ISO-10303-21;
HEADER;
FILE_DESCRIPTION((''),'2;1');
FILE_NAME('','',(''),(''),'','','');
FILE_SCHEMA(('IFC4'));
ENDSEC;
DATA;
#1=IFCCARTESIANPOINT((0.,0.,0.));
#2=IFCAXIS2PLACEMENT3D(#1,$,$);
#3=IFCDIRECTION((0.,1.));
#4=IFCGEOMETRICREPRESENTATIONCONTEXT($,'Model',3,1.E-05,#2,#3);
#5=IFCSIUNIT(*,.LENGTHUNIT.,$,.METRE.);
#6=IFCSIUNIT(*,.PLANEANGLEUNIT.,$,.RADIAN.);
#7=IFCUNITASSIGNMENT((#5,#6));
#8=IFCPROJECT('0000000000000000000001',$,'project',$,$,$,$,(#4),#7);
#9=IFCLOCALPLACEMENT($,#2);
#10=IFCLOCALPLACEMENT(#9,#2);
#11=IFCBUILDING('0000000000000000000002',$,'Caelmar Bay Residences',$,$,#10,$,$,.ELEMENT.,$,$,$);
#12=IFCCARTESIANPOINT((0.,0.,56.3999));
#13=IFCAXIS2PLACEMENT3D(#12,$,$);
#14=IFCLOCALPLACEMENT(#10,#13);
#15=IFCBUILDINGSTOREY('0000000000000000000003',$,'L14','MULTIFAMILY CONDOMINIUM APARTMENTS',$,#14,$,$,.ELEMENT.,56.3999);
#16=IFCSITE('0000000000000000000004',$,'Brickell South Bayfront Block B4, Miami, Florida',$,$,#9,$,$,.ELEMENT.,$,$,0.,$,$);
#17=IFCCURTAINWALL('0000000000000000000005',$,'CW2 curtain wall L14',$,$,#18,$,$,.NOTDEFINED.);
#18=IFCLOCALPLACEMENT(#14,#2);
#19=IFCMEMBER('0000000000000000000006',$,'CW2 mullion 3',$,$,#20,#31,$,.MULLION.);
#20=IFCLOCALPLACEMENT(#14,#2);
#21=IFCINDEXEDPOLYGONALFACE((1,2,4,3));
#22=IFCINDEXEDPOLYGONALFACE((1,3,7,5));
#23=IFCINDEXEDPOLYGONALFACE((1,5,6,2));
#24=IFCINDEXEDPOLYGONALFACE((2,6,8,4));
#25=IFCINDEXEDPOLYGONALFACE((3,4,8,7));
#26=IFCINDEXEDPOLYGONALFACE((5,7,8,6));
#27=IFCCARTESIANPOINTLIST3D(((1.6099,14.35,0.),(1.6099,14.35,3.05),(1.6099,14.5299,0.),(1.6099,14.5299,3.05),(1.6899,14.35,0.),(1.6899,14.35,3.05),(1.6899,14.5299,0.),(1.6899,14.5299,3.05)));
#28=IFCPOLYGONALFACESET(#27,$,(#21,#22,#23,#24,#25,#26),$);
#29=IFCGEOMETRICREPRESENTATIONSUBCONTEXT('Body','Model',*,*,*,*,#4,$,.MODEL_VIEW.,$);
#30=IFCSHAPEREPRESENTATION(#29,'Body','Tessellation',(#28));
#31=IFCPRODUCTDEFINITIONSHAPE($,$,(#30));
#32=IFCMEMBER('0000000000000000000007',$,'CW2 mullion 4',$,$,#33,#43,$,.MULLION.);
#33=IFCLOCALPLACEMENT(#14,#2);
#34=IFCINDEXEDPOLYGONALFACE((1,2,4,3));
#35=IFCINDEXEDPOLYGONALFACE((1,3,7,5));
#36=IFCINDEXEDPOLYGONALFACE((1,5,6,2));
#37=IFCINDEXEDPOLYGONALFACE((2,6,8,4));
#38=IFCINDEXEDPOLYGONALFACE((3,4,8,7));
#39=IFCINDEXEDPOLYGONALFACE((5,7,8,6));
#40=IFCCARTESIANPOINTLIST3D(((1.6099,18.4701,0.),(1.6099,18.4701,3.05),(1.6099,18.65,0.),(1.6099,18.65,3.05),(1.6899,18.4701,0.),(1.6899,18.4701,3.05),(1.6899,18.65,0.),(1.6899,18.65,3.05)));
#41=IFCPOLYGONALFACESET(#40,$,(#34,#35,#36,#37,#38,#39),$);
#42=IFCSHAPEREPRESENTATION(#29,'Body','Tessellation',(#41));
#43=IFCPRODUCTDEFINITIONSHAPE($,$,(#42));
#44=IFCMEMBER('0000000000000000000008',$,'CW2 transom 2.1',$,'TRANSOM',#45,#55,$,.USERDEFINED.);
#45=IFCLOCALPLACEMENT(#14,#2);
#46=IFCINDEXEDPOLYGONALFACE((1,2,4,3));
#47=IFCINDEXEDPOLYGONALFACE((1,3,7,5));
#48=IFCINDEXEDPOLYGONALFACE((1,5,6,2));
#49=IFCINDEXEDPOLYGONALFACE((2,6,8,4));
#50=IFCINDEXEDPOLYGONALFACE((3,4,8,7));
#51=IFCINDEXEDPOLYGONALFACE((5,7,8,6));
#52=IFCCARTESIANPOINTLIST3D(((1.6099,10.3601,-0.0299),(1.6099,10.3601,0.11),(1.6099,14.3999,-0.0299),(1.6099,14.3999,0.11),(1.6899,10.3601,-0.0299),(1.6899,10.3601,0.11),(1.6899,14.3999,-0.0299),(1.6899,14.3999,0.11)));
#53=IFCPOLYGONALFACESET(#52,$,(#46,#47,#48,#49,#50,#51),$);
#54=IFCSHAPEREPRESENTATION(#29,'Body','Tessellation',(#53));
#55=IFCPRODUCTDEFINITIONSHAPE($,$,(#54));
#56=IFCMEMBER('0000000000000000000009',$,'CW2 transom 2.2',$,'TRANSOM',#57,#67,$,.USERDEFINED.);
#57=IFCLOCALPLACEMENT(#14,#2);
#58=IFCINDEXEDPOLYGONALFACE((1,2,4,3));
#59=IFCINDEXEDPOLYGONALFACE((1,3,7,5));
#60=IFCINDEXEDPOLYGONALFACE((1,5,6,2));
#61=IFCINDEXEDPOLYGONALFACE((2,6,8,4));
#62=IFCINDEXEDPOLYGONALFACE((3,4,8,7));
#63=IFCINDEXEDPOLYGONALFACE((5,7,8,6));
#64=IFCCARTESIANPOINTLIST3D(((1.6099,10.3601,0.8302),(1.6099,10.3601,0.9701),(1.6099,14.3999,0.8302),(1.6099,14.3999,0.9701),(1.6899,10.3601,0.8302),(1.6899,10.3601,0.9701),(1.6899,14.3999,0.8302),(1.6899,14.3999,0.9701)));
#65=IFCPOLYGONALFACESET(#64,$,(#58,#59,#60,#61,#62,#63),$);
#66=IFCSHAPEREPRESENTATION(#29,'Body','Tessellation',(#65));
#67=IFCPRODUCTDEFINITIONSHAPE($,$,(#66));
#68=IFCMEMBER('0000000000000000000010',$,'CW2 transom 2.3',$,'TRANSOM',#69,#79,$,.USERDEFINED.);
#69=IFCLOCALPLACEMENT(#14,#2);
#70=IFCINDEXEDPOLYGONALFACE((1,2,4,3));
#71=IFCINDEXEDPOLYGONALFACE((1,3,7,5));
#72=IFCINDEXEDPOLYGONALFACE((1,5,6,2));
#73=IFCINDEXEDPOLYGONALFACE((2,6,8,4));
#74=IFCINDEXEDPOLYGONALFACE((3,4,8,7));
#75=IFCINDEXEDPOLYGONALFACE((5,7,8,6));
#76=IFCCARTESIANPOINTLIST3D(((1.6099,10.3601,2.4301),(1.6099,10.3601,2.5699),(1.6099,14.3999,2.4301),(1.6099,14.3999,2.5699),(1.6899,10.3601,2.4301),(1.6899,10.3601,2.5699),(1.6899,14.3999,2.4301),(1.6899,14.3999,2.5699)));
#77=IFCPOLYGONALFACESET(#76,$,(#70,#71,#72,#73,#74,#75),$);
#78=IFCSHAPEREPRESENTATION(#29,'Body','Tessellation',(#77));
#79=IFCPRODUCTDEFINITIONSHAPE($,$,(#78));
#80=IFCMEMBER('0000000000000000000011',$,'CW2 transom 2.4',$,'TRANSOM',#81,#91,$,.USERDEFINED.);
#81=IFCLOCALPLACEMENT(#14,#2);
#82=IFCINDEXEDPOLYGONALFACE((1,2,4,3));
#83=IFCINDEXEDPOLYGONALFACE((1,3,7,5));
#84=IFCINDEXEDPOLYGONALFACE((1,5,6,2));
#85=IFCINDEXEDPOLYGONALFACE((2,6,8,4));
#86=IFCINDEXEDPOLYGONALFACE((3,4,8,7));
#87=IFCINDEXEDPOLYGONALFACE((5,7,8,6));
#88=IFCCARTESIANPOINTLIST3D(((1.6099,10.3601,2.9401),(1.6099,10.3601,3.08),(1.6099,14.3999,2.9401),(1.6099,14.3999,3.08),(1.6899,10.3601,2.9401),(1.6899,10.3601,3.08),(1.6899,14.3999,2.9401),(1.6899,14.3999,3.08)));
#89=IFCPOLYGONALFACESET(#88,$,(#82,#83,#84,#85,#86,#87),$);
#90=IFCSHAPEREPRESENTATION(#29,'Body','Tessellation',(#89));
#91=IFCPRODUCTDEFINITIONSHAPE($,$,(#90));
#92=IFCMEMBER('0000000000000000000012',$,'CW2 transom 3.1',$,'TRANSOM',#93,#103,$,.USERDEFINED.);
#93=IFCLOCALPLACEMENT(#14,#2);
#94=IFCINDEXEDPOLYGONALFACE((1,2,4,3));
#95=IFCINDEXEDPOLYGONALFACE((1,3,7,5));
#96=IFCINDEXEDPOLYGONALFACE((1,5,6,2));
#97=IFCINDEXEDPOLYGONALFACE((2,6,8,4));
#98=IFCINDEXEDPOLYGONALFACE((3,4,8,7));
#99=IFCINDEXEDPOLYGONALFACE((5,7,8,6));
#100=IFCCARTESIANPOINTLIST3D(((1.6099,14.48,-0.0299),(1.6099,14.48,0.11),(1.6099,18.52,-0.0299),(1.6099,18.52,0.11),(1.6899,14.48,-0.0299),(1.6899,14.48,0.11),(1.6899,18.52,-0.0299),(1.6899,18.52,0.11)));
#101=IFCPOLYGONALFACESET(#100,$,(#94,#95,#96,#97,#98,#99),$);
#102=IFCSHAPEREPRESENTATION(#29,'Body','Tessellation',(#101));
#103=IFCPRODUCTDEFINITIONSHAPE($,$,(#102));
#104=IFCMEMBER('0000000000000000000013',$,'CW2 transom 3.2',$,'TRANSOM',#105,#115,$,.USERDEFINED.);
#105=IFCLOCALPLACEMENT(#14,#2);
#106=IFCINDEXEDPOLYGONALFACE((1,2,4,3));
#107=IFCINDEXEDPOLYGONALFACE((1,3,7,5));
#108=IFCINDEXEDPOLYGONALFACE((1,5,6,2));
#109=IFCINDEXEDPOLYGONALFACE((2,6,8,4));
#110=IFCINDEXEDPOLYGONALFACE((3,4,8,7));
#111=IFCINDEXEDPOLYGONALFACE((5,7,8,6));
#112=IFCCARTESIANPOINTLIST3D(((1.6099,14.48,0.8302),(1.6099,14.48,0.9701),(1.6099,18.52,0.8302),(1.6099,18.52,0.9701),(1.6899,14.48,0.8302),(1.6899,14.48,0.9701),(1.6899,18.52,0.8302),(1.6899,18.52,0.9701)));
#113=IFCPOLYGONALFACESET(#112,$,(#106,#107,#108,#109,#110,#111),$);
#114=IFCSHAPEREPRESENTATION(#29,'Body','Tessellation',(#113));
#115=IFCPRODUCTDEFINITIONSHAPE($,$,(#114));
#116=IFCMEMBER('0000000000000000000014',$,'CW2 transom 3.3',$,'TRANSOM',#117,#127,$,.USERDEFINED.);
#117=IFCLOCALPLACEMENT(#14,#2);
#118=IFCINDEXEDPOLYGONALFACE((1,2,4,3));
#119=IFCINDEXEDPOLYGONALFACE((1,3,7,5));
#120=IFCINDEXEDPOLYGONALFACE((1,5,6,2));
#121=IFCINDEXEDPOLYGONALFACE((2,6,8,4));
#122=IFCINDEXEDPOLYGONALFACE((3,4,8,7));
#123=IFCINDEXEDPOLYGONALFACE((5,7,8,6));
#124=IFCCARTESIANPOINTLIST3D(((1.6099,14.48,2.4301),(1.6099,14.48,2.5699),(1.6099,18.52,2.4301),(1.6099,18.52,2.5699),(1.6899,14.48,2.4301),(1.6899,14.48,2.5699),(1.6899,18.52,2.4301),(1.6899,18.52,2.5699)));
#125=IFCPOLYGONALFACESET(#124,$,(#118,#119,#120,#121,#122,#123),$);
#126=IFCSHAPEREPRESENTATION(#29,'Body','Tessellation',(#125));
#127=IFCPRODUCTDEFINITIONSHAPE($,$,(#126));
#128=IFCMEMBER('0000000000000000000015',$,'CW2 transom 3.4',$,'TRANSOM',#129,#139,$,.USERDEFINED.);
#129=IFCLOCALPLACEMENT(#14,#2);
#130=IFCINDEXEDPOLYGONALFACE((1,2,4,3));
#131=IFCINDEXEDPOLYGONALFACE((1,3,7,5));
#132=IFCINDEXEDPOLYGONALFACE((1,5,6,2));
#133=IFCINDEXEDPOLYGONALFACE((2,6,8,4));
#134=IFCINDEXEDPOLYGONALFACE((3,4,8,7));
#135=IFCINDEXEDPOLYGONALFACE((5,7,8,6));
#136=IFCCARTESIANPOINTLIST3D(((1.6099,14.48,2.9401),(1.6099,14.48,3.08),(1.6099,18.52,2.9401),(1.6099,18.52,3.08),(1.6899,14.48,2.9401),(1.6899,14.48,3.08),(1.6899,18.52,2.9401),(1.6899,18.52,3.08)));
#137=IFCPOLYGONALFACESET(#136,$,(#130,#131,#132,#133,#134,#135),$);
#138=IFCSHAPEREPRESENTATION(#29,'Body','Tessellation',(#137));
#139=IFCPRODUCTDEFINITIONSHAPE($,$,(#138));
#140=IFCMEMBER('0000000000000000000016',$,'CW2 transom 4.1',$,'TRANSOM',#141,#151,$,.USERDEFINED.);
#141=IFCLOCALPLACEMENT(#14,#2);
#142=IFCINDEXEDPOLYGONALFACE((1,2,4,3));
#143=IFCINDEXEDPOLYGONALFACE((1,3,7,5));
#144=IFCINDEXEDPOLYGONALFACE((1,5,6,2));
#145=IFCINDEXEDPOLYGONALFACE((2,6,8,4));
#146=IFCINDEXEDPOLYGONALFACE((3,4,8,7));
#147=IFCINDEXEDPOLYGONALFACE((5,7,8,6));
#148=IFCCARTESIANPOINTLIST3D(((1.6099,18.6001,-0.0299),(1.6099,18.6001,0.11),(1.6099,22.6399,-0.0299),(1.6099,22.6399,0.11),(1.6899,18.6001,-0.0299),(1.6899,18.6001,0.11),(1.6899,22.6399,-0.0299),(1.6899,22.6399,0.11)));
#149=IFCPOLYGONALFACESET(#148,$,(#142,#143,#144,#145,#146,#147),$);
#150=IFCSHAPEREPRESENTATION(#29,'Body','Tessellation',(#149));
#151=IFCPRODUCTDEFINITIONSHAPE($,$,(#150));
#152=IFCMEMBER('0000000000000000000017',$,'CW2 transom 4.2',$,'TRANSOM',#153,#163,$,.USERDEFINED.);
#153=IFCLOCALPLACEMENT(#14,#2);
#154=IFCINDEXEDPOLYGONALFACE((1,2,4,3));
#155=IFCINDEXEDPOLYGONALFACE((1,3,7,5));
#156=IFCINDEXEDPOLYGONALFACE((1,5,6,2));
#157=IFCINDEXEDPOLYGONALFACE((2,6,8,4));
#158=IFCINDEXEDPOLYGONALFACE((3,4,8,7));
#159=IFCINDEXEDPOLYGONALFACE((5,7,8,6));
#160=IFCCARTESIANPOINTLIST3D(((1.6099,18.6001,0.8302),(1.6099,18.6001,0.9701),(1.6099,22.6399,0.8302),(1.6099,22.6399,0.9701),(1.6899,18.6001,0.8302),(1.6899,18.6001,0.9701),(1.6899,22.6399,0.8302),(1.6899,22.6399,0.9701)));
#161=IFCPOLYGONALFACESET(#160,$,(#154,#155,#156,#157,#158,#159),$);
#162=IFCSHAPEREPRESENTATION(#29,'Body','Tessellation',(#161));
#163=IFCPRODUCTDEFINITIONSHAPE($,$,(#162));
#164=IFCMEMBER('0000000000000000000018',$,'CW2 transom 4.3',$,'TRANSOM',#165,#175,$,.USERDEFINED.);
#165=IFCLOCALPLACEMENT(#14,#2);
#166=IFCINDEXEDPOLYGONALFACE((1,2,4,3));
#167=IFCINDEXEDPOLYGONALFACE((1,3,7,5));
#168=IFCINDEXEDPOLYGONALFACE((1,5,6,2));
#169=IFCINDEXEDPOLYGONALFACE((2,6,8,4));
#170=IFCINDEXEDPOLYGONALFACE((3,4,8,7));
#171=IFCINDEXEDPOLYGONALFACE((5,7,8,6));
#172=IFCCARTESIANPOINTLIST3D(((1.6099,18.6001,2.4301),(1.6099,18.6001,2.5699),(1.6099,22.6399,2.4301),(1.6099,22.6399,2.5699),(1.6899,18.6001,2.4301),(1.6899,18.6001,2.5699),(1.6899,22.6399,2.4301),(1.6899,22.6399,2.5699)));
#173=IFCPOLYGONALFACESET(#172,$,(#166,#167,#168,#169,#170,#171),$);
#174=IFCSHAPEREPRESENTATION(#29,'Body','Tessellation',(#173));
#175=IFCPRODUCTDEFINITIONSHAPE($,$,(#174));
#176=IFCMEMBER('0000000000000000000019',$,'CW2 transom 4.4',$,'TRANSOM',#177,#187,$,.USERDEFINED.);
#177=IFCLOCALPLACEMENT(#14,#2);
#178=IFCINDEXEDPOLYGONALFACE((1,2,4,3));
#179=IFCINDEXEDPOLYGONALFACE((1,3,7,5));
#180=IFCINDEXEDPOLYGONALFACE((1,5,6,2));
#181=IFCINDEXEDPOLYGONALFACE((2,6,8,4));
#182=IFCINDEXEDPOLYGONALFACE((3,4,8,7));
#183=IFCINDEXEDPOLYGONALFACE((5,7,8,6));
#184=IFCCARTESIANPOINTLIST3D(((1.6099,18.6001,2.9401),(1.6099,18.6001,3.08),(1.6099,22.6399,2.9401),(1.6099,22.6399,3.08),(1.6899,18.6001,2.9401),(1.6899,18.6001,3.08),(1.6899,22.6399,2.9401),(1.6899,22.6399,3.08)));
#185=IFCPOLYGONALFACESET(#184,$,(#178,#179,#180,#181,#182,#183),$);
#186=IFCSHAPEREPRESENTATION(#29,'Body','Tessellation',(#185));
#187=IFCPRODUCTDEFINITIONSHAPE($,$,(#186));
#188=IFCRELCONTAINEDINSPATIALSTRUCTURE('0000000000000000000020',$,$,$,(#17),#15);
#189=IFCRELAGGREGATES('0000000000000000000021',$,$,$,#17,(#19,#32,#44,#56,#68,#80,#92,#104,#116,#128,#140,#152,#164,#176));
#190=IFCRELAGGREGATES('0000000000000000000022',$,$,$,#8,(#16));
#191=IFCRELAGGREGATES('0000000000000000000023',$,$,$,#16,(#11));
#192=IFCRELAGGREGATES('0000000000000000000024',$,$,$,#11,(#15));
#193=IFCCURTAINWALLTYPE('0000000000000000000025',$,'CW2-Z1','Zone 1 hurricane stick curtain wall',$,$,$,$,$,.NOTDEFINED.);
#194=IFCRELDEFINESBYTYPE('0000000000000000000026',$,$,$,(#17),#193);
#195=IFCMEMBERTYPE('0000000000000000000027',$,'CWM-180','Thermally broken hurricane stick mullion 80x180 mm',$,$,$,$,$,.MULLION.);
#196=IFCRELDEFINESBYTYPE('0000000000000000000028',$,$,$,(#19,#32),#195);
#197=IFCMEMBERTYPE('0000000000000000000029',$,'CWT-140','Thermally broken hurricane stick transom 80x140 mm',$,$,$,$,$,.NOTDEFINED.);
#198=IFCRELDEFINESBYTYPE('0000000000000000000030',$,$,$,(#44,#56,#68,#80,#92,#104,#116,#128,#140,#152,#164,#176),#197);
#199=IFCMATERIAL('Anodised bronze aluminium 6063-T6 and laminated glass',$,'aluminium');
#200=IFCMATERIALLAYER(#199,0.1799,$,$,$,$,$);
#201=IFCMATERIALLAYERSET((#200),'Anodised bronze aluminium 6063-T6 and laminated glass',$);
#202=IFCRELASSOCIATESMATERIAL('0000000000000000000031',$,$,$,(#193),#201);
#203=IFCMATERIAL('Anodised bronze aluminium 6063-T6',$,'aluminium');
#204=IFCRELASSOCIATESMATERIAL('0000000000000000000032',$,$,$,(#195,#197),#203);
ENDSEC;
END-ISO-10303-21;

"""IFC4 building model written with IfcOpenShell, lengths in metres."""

from ifc_helpers import new_model, si_unit, direction, frame, origin, origin_2d, place, context, subcontext, project, spatial, rectangle, extrude, material, layer, layer_set, material_profile, profile_set, type_object, element, aggregate, save


model = new_model("IFC4")

# Units and contexts
model_context = context("Model", 3, precision=1e-05, world=origin(), true_north=direction((0.0, 1.0)))
body_context = subcontext(model_context, "Body", "Model", "MODEL_VIEW")
ifc_project = project(units=[si_unit("LENGTHUNIT", "METRE"), si_unit("PLANEANGLEUNIT", "RADIAN")], contexts=[model_context])

# Site, building, storey
site_placement = place(None, origin())
site = spatial("IfcSite", under=ifc_project, at=site_placement, Name="Brickell South Bayfront Block B4, Miami, Florida", CompositionType="ELEMENT", RefElevation=0.0)
building_placement = place(site_placement, origin())
building = spatial("IfcBuilding", under=site, at=building_placement, Name="Caelmar Bay Residences", CompositionType="ELEMENT")
storey_placement = place(building_placement, frame((0.0, 0.0, 56.3999)))
storey = spatial("IfcBuildingStorey", under=building, at=storey_placement, Name="L14", Description="MULTIFAMILY CONDOMINIUM APARTMENTS", CompositionType="ELEMENT", Elevation=56.3999)

# Curtain wall, members
ifc_material_1 = material(Name="Anodised bronze aluminium 6063-T6 and laminated glass", Category="aluminium")
ifc_layer_1 = layer(ifc_material_1, 0.1799)
ifc_layer_set_1 = layer_set([ifc_layer_1], Name="Anodised bronze aluminium 6063-T6 and laminated glass")
curtain_wall_type = type_object("IfcCurtainWallType", Name="CW2-Z1", Description="Zone 1 hurricane stick curtain wall", PredefinedType="NOTDEFINED", material=ifc_layer_set_1)
curtain_wall_placement = place(storey_placement, origin())
curtain_wall = element("IfcCurtainWall", 1, at=curtain_wall_placement, inside=storey, type_object=curtain_wall_type, Name="CW2 curtain wall L14", PredefinedType="NOTDEFINED")
ifc_material_2 = material(Name="Anodised bronze aluminium 6063-T6", Category="aluminium")
ifc_material_profile_1 = material_profile(ifc_material_2, rectangle(XDim=0.0801, YDim=0.1799, at=origin_2d()), Name="CWM-80X180")
ifc_profile_set_1 = profile_set([ifc_material_profile_1], Name="Anodised bronze aluminium 6063-T6")
member_type_1 = type_object("IfcMemberType", Name="CWM-180", Description="Thermally broken hurricane stick mullion 80x180 mm", PredefinedType="MULLION", material=ifc_profile_set_1)
member_1_placement = place(storey_placement, frame((1.6499, 14.4399, 0.0), z_axis=(0.0, 0.0, 1.0), x_axis=(-1.0, 0.0, 0.0)))
member_1 = element("IfcMember", 2, at=member_1_placement, type_object=member_type_1, Name="CW2 mullion 3", PredefinedType="MULLION", context=body_context, shape_type="SweptSolid", body=[
    extrude(rectangle(XDim=0.0801, YDim=0.1799, at=origin_2d()), origin(), (0.0, 0.0, 1.0), 3.05),
])
member_2_placement = place(storey_placement, frame((1.6499, 18.5601, 0.0), z_axis=(0.0, 0.0, 1.0), x_axis=(-1.0, 0.0, 0.0)))
member_2 = element("IfcMember", 3, at=member_2_placement, type_object=member_type_1, Name="CW2 mullion 4", PredefinedType="MULLION", context=body_context, shape_type="SweptSolid", body=[
    extrude(rectangle(XDim=0.0801, YDim=0.1799, at=origin_2d()), origin(), (0.0, 0.0, 1.0), 3.05),
])
ifc_material_profile_2 = material_profile(ifc_material_2, rectangle(XDim=0.0801, YDim=0.1399, at=origin_2d()), Name="CWT-80X140")
ifc_profile_set_2 = profile_set([ifc_material_profile_2], Name="Anodised bronze aluminium 6063-T6")
member_type_2 = type_object("IfcMemberType", Name="CWT-140", Description="Thermally broken hurricane stick transom 80x140 mm", PredefinedType="NOTDEFINED", material=ifc_profile_set_2)
member_3_placement = place(storey_placement, frame((1.6499, 10.3601, 0.04), z_axis=(0.0, 1.0, 0.0), x_axis=(-1.0, 0.0, 0.0)))
member_3 = element("IfcMember", 4, at=member_3_placement, type_object=member_type_2, Name="CW2 transom 2.1", ObjectType="TRANSOM", PredefinedType="USERDEFINED", context=body_context, shape_type="SweptSolid", body=[
    extrude(rectangle(XDim=0.0801, YDim=0.1399, at=origin_2d()), origin(), (0.0, 0.0, 1.0), 4.0398),
])
member_4_placement = place(storey_placement, frame((1.6499, 10.3601, 0.9001), z_axis=(0.0, 1.0, 0.0), x_axis=(-1.0, 0.0, 0.0)))
member_4 = element("IfcMember", 5, at=member_4_placement, type_object=member_type_2, Name="CW2 transom 2.2", ObjectType="TRANSOM", PredefinedType="USERDEFINED", context=body_context, shape_type="SweptSolid", body=[
    extrude(rectangle(XDim=0.0801, YDim=0.1399, at=origin_2d()), origin(), (0.0, 0.0, 1.0), 4.0398),
])
member_5_placement = place(storey_placement, frame((1.6499, 10.3601, 2.5), z_axis=(0.0, 1.0, 0.0), x_axis=(-1.0, 0.0, 0.0)))
member_5 = element("IfcMember", 6, at=member_5_placement, type_object=member_type_2, Name="CW2 transom 2.3", ObjectType="TRANSOM", PredefinedType="USERDEFINED", context=body_context, shape_type="SweptSolid", body=[
    extrude(rectangle(XDim=0.0801, YDim=0.1399, at=origin_2d()), origin(), (0.0, 0.0, 1.0), 4.0398),
])
member_6_placement = place(storey_placement, frame((1.6499, 10.3601, 3.01), z_axis=(0.0, 1.0, 0.0), x_axis=(-1.0, 0.0, 0.0)))
member_6 = element("IfcMember", 7, at=member_6_placement, type_object=member_type_2, Name="CW2 transom 2.4", ObjectType="TRANSOM", PredefinedType="USERDEFINED", context=body_context, shape_type="SweptSolid", body=[
    extrude(rectangle(XDim=0.0801, YDim=0.1399, at=origin_2d()), origin(), (0.0, 0.0, 1.0), 4.0398),
])
member_7_placement = place(storey_placement, frame((1.6499, 14.48, 0.04), z_axis=(0.0, 1.0, 0.0), x_axis=(-1.0, 0.0, 0.0)))
member_7 = element("IfcMember", 8, at=member_7_placement, type_object=member_type_2, Name="CW2 transom 3.1", ObjectType="TRANSOM", PredefinedType="USERDEFINED", context=body_context, shape_type="SweptSolid", body=[
    extrude(rectangle(XDim=0.0801, YDim=0.1399, at=origin_2d()), origin(), (0.0, 0.0, 1.0), 4.04),
])
member_8_placement = place(storey_placement, frame((1.6499, 14.48, 0.9001), z_axis=(0.0, 1.0, 0.0), x_axis=(-1.0, 0.0, 0.0)))
member_8 = element("IfcMember", 9, at=member_8_placement, type_object=member_type_2, Name="CW2 transom 3.2", ObjectType="TRANSOM", PredefinedType="USERDEFINED", context=body_context, shape_type="SweptSolid", body=[
    extrude(rectangle(XDim=0.0801, YDim=0.1399, at=origin_2d()), origin(), (0.0, 0.0, 1.0), 4.04),
])
member_9_placement = place(storey_placement, frame((1.6499, 14.48, 2.5), z_axis=(0.0, 1.0, 0.0), x_axis=(-1.0, 0.0, 0.0)))
member_9 = element("IfcMember", 10, at=member_9_placement, type_object=member_type_2, Name="CW2 transom 3.3", ObjectType="TRANSOM", PredefinedType="USERDEFINED", context=body_context, shape_type="SweptSolid", body=[
    extrude(rectangle(XDim=0.0801, YDim=0.1399, at=origin_2d()), origin(), (0.0, 0.0, 1.0), 4.04),
])
member_10_placement = place(storey_placement, frame((1.6499, 14.48, 3.01), z_axis=(0.0, 1.0, 0.0), x_axis=(-1.0, 0.0, 0.0)))
member_10 = element("IfcMember", 11, at=member_10_placement, type_object=member_type_2, Name="CW2 transom 3.4", ObjectType="TRANSOM", PredefinedType="USERDEFINED", context=body_context, shape_type="SweptSolid", body=[
    extrude(rectangle(XDim=0.0801, YDim=0.1399, at=origin_2d()), origin(), (0.0, 0.0, 1.0), 4.04),
])
member_11_placement = place(storey_placement, frame((1.6499, 18.6001, 0.04), z_axis=(0.0, 1.0, 0.0), x_axis=(-1.0, 0.0, 0.0)))
member_11 = element("IfcMember", 12, at=member_11_placement, type_object=member_type_2, Name="CW2 transom 4.1", ObjectType="TRANSOM", PredefinedType="USERDEFINED", context=body_context, shape_type="SweptSolid", body=[
    extrude(rectangle(XDim=0.0801, YDim=0.1399, at=origin_2d()), origin(), (0.0, 0.0, 1.0), 4.0398),
])
member_12_placement = place(storey_placement, frame((1.6499, 18.6001, 0.9001), z_axis=(0.0, 1.0, 0.0), x_axis=(-1.0, 0.0, 0.0)))
member_12 = element("IfcMember", 13, at=member_12_placement, type_object=member_type_2, Name="CW2 transom 4.2", ObjectType="TRANSOM", PredefinedType="USERDEFINED", context=body_context, shape_type="SweptSolid", body=[
    extrude(rectangle(XDim=0.0801, YDim=0.1399, at=origin_2d()), origin(), (0.0, 0.0, 1.0), 4.0398),
])
member_13_placement = place(storey_placement, frame((1.6499, 18.6001, 2.5), z_axis=(0.0, 1.0, 0.0), x_axis=(-1.0, 0.0, 0.0)))
member_13 = element("IfcMember", 14, at=member_13_placement, type_object=member_type_2, Name="CW2 transom 4.3", ObjectType="TRANSOM", PredefinedType="USERDEFINED", context=body_context, shape_type="SweptSolid", body=[
    extrude(rectangle(XDim=0.0801, YDim=0.1399, at=origin_2d()), origin(), (0.0, 0.0, 1.0), 4.0398),
])
member_14_placement = place(storey_placement, frame((1.6499, 18.6001, 3.01), z_axis=(0.0, 1.0, 0.0), x_axis=(-1.0, 0.0, 0.0)))
member_14 = element("IfcMember", 15, at=member_14_placement, type_object=member_type_2, Name="CW2 transom 4.4", ObjectType="TRANSOM", PredefinedType="USERDEFINED", context=body_context, shape_type="SweptSolid", body=[
    extrude(rectangle(XDim=0.0801, YDim=0.1399, at=origin_2d()), origin(), (0.0, 0.0, 1.0), 4.0398),
])
aggregate(curtain_wall, [member_1, member_2, member_3, member_4, member_5, member_6, member_7, member_8, member_9, member_10, member_11, member_12, member_13, member_14])

save(model, "model.ifc")
